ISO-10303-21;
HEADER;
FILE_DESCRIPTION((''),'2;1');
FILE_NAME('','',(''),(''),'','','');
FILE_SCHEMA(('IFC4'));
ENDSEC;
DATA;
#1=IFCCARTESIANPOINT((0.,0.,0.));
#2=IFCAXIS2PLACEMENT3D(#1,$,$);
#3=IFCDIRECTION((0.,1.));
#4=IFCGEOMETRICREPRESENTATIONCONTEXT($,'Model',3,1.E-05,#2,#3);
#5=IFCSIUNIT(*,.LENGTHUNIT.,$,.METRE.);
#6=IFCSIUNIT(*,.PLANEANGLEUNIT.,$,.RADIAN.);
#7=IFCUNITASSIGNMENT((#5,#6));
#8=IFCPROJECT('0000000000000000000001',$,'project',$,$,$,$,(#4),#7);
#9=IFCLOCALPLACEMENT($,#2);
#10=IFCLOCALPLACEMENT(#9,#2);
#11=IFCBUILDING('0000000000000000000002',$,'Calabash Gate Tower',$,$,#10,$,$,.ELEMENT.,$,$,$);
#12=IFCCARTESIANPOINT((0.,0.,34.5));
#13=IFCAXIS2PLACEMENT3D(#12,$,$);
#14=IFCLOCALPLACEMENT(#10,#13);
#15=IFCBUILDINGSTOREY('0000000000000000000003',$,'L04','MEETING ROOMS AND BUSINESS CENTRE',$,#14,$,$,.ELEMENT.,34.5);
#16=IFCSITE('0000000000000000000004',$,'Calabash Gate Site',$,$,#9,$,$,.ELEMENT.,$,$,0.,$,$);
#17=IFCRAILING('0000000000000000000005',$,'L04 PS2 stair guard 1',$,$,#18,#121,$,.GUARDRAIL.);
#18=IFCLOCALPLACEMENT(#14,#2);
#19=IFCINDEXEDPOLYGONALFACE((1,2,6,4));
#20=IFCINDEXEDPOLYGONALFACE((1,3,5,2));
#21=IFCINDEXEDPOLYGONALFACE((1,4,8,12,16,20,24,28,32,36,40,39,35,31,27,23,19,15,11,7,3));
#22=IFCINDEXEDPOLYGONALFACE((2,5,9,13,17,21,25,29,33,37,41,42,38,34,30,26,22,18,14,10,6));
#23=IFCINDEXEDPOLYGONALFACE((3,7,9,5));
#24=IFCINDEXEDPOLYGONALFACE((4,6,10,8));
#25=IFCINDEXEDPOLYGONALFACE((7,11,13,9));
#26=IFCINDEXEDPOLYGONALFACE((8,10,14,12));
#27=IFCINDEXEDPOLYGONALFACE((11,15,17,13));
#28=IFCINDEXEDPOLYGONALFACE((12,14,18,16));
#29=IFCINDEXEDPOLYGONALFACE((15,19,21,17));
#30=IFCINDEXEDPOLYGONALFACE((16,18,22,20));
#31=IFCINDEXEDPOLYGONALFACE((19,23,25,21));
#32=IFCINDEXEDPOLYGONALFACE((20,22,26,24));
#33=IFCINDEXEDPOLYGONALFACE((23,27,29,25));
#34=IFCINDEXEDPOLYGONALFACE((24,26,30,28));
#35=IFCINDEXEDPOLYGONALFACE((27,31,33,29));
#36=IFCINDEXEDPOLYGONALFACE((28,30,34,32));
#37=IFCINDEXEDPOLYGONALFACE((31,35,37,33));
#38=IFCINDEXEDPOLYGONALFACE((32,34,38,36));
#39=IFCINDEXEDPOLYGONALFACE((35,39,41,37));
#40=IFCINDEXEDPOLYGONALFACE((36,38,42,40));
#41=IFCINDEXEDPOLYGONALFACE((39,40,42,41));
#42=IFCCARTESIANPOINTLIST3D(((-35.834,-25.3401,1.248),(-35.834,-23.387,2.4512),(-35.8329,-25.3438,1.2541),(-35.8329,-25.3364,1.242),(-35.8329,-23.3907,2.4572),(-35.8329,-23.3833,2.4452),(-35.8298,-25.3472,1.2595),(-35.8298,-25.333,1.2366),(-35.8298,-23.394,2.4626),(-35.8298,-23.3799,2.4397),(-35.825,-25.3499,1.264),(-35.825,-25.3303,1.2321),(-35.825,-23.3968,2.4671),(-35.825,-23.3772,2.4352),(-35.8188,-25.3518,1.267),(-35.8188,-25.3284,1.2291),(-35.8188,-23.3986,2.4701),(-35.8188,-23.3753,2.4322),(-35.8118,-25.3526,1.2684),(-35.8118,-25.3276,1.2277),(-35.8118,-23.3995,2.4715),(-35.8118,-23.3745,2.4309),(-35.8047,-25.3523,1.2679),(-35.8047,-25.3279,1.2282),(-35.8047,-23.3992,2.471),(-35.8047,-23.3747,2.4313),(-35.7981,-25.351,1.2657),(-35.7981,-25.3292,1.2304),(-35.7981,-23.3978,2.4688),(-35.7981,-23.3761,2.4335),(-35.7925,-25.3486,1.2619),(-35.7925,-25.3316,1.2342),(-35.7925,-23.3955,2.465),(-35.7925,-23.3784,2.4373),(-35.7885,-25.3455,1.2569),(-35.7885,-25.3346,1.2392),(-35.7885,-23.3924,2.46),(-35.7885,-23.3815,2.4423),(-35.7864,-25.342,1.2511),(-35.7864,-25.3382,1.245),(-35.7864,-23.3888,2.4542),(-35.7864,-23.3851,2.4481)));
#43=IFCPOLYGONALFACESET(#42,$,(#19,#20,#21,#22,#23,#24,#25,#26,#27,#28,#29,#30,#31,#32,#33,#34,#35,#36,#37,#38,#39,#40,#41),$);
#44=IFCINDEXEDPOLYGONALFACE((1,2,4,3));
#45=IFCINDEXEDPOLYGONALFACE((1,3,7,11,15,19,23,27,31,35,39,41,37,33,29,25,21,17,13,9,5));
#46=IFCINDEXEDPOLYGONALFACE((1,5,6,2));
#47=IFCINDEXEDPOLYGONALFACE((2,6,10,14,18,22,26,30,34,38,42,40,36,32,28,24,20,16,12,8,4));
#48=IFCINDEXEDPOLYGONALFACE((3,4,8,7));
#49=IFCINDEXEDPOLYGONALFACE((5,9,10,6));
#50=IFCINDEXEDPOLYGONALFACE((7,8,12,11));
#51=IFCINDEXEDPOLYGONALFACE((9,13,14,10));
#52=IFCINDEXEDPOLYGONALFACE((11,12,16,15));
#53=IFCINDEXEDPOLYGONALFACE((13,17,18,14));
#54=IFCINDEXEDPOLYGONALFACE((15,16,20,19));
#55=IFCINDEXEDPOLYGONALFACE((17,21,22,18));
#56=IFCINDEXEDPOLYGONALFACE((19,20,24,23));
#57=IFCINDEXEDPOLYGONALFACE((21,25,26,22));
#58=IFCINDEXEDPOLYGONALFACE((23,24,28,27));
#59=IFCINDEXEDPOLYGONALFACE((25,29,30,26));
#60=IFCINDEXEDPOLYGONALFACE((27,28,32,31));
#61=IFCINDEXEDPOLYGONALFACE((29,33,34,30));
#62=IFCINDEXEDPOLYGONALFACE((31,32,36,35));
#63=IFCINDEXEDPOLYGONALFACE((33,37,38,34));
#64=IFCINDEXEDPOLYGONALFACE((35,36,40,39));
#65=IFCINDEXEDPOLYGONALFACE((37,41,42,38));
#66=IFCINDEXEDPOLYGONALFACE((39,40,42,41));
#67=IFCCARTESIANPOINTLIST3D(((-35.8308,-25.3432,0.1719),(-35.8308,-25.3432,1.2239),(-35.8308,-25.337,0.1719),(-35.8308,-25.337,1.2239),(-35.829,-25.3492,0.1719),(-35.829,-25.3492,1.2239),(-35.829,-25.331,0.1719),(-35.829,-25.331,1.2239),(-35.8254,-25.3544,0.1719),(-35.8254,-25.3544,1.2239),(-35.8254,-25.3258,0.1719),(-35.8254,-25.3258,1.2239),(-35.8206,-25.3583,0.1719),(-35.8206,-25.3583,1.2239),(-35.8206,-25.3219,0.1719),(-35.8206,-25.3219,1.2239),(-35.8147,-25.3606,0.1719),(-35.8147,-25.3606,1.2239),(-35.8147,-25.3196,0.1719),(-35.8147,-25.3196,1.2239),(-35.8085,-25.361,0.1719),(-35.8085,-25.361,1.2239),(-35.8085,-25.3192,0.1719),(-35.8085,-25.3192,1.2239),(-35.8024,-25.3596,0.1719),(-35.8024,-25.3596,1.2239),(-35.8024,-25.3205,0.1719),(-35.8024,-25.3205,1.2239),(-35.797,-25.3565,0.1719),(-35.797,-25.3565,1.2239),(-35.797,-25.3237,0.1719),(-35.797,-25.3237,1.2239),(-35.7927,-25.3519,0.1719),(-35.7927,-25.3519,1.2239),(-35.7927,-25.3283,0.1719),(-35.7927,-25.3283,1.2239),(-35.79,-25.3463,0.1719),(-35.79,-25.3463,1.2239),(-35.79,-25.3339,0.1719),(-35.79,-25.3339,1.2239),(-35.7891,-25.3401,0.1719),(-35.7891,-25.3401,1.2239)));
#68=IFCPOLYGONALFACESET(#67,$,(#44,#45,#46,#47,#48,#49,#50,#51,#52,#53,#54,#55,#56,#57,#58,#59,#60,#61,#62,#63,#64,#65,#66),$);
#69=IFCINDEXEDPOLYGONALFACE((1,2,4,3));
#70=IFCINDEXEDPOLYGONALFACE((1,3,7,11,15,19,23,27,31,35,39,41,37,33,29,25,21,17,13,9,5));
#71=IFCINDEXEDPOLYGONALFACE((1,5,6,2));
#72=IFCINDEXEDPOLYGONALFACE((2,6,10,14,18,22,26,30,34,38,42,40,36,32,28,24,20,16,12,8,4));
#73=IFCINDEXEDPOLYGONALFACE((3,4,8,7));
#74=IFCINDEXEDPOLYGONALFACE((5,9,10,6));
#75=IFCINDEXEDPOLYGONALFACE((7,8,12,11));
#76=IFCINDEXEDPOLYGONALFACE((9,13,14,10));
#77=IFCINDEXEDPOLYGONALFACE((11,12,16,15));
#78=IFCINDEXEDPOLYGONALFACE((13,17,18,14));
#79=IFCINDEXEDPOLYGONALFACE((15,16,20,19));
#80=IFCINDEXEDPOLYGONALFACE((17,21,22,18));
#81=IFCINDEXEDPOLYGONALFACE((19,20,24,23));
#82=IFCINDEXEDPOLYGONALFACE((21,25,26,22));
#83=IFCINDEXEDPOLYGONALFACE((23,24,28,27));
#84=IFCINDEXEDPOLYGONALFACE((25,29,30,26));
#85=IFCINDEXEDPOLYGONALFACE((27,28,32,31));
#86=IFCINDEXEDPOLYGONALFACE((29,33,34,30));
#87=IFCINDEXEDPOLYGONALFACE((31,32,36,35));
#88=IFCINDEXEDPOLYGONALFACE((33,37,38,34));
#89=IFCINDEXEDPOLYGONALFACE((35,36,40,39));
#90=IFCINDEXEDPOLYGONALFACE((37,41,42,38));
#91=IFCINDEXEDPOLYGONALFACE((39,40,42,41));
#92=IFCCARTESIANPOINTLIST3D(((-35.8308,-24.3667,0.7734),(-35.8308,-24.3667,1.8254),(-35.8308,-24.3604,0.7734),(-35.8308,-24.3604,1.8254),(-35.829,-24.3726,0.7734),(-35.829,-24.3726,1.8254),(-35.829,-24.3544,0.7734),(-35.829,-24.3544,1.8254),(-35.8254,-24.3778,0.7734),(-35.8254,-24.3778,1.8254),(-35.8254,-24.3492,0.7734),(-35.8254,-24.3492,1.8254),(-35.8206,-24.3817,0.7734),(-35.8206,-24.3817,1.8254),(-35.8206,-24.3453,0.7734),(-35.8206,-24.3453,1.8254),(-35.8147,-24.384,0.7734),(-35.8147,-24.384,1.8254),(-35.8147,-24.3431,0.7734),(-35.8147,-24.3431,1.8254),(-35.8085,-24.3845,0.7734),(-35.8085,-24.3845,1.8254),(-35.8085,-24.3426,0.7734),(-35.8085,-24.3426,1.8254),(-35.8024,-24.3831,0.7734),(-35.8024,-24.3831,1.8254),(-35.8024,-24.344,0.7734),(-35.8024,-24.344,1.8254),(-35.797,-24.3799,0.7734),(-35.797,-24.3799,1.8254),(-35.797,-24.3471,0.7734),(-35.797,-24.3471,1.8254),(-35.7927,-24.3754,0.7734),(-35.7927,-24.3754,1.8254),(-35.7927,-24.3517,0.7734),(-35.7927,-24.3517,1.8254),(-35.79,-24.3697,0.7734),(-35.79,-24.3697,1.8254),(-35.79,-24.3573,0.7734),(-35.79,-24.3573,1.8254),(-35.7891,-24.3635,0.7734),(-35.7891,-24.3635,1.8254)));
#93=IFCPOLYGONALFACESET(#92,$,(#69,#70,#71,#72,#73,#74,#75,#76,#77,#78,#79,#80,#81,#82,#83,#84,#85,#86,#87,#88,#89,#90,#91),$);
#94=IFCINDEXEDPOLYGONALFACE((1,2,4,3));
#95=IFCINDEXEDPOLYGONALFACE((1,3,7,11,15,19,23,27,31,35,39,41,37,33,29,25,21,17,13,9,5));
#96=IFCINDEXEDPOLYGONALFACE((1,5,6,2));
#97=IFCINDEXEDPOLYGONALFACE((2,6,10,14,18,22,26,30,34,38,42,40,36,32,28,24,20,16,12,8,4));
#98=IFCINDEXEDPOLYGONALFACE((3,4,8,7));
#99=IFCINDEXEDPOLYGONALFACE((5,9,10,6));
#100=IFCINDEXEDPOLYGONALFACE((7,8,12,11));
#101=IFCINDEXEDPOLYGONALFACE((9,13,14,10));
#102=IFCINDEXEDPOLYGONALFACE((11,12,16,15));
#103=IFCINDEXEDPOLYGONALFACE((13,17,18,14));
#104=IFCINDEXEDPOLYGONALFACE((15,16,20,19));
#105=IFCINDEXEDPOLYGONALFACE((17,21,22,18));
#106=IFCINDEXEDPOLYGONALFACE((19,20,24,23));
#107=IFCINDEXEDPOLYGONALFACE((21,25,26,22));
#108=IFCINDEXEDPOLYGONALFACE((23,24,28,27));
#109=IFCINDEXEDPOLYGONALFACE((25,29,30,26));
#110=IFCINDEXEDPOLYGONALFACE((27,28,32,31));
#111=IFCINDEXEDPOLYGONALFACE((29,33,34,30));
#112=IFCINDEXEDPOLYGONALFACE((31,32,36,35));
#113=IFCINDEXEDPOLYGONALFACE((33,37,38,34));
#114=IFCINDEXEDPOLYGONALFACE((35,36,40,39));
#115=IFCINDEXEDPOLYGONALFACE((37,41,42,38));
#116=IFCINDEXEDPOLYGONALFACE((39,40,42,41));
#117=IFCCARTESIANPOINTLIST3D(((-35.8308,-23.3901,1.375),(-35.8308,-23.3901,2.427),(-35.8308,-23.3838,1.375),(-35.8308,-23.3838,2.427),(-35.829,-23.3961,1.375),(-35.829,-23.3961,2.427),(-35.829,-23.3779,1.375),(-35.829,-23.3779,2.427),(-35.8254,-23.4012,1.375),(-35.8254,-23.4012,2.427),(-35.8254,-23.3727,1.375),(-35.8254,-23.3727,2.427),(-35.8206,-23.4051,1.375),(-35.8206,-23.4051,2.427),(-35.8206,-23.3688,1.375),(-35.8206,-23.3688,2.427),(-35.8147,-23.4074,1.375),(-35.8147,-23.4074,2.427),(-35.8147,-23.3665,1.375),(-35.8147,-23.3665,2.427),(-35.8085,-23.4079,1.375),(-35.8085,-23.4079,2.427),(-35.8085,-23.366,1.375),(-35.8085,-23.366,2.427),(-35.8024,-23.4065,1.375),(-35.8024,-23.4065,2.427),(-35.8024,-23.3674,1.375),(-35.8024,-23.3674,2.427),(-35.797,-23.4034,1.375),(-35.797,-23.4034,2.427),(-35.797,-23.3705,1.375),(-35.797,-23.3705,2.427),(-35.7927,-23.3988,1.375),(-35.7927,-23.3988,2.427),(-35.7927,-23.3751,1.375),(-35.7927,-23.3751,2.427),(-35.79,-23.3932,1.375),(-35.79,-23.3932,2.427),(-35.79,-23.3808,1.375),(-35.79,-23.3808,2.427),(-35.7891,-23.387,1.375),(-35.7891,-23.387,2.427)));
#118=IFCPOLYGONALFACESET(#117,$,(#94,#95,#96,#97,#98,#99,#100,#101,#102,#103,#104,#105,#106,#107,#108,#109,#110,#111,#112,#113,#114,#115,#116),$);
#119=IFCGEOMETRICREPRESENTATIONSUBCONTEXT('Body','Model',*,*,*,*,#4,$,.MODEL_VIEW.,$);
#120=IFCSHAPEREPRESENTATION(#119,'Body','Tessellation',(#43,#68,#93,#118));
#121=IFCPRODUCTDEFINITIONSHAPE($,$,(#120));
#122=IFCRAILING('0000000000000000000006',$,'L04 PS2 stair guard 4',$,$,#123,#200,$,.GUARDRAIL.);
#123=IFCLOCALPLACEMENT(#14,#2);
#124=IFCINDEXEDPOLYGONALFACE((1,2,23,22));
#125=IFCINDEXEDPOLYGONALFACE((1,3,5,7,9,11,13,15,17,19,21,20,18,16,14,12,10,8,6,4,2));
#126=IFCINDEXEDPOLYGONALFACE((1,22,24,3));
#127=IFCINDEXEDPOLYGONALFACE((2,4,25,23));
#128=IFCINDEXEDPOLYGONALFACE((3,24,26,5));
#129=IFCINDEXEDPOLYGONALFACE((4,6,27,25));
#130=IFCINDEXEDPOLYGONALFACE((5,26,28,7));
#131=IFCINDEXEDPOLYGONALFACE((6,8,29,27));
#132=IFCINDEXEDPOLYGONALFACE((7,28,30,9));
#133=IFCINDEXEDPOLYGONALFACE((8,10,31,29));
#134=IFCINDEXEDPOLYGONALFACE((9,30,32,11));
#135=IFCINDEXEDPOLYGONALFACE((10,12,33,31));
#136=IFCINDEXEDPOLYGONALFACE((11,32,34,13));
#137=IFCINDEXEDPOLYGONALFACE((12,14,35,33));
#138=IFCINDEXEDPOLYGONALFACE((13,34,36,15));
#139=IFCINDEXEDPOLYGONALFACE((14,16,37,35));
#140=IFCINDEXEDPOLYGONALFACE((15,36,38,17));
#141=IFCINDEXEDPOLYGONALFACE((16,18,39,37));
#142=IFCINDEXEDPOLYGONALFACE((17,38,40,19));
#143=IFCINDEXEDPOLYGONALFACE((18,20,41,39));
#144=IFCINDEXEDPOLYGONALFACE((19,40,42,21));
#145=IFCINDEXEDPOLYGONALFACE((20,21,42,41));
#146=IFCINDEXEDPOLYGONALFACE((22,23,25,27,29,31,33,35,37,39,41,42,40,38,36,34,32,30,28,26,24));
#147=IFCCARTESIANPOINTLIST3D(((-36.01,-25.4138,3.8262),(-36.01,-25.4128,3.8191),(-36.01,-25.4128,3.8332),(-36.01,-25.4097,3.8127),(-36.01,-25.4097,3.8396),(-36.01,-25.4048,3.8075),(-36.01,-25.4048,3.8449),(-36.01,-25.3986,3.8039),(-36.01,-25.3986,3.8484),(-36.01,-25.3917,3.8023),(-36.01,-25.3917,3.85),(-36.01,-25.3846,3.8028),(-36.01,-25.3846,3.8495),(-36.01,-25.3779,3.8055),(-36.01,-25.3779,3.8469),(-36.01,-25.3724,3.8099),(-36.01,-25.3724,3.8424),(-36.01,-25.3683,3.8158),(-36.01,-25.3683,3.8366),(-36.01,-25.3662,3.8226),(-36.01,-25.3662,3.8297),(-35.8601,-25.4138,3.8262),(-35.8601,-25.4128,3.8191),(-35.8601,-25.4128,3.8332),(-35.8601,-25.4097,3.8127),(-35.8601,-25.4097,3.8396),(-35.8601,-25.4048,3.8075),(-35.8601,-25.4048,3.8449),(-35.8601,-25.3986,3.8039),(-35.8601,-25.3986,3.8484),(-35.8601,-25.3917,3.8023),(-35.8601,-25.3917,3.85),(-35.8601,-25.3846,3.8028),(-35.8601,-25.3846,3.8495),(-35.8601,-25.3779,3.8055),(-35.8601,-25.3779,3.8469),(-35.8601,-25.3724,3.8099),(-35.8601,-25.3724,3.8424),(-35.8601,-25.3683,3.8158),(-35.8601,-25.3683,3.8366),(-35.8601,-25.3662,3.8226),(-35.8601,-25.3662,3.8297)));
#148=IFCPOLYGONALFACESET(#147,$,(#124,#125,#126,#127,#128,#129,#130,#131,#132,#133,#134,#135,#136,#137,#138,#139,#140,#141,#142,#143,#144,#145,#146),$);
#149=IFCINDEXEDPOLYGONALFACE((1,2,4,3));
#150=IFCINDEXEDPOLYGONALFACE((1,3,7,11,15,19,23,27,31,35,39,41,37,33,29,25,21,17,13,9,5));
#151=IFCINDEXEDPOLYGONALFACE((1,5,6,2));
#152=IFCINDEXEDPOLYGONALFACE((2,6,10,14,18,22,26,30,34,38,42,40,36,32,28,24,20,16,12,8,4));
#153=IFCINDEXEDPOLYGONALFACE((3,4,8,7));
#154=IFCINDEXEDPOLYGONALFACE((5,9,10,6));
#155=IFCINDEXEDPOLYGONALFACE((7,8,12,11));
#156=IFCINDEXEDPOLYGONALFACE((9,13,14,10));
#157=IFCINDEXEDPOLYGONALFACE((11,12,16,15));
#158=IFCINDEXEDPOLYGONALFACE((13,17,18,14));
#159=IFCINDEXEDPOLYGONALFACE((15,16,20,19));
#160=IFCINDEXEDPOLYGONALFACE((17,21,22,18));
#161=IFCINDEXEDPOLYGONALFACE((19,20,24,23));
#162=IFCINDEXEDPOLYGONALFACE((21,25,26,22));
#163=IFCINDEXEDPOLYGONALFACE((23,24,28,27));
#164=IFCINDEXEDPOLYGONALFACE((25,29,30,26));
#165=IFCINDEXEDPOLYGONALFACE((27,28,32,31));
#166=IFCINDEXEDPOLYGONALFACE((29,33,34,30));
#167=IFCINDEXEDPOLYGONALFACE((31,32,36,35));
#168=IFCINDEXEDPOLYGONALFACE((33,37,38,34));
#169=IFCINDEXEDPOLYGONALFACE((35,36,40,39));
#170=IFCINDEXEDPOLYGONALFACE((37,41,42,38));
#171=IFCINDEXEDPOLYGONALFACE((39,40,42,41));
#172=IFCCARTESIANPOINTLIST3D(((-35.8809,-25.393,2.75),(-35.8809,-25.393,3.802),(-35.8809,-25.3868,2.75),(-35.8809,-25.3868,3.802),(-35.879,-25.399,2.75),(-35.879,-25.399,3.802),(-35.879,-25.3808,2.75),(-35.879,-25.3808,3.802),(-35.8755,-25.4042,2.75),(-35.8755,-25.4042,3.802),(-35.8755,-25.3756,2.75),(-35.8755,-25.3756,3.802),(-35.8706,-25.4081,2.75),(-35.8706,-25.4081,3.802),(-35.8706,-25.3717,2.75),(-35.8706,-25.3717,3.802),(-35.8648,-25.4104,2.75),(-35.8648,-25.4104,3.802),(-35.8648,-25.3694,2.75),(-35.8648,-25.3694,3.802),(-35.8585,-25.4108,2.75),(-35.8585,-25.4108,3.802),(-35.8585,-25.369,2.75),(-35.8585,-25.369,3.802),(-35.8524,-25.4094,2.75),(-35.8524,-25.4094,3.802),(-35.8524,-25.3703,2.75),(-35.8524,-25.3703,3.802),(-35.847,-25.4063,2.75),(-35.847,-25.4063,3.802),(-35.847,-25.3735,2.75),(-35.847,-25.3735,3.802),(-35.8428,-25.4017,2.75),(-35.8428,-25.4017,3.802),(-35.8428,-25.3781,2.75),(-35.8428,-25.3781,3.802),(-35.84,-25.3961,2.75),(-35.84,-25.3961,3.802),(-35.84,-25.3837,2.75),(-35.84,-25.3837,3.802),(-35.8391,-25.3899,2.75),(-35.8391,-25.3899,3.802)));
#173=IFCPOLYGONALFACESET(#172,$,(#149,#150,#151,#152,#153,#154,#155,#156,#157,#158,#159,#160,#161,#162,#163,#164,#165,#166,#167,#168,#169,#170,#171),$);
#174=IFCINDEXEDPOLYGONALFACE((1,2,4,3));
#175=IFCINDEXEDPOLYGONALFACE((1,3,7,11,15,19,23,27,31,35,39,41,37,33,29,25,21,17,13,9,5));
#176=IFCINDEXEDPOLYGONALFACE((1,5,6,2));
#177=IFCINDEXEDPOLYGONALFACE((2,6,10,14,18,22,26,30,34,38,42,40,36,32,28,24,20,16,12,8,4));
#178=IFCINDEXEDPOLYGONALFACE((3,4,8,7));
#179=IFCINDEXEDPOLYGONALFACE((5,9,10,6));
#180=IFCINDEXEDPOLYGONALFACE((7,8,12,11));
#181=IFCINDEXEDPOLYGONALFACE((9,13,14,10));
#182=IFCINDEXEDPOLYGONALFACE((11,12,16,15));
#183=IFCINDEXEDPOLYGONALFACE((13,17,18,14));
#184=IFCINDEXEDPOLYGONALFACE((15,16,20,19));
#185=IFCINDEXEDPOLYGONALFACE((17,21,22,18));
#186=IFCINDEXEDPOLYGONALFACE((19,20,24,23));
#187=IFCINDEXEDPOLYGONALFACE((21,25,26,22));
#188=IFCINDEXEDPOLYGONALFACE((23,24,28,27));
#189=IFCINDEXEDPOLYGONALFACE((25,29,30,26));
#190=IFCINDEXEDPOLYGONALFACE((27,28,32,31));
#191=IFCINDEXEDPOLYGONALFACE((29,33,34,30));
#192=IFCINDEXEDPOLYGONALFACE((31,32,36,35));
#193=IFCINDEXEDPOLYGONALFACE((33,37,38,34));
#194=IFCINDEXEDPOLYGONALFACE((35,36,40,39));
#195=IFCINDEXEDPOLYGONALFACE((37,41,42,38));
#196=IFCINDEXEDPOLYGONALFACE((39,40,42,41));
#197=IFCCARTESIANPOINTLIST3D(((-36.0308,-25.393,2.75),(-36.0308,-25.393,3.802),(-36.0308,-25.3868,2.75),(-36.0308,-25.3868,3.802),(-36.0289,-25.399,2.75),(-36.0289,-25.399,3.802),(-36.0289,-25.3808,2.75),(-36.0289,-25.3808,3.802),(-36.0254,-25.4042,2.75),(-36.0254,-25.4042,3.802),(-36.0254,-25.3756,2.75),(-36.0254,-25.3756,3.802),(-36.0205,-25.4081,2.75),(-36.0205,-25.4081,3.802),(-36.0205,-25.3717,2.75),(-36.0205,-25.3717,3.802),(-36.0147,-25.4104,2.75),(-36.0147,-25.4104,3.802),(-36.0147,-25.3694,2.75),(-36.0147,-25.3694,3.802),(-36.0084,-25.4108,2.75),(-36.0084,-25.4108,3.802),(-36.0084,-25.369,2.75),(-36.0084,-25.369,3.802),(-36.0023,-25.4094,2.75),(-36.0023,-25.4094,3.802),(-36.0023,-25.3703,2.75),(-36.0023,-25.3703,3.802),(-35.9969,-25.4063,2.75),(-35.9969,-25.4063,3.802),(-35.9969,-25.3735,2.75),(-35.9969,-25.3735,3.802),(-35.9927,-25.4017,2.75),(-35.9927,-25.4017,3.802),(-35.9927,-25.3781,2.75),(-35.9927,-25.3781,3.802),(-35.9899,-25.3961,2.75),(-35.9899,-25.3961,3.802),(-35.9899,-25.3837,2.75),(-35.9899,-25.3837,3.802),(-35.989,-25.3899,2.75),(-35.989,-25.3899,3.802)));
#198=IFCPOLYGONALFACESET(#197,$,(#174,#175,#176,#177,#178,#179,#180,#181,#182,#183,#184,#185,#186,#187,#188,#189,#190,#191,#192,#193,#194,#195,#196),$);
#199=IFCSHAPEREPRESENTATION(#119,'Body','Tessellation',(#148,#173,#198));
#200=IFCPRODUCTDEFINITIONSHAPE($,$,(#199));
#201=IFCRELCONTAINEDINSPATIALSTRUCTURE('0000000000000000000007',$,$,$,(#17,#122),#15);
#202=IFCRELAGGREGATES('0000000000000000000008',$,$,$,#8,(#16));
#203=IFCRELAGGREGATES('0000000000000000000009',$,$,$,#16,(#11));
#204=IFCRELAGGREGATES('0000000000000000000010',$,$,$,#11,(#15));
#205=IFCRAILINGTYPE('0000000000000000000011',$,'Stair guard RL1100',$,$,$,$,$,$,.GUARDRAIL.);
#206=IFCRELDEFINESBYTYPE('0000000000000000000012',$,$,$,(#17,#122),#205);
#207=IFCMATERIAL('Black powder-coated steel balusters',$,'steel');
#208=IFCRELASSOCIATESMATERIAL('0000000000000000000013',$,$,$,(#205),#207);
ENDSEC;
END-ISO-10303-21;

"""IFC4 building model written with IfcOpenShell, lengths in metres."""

from ifc_helpers import new_model, si_unit, direction, frame, origin, origin_2d, place, context, subcontext, project, spatial, circle, extrude, material, type_object, element, save


model = new_model("IFC4")

# Units and contexts
model_context = context("Model", 3, precision=1e-05, world=origin(), true_north=direction((0.0, 1.0)))
body_context = subcontext(model_context, "Body", "Model", "MODEL_VIEW")
ifc_project = project(units=[si_unit("LENGTHUNIT", "METRE"), si_unit("PLANEANGLEUNIT", "RADIAN")], contexts=[model_context])

# Site, building, storey
site_placement = place(None, origin())
site = spatial("IfcSite", under=ifc_project, at=site_placement, Name="Calabash Gate Site", CompositionType="ELEMENT", RefElevation=0.0)
building_placement = place(site_placement, origin())
building = spatial("IfcBuilding", under=site, at=building_placement, Name="Calabash Gate Tower", CompositionType="ELEMENT")
storey_placement = place(building_placement, frame((0.0, 0.0, 34.5)))
storey = spatial("IfcBuildingStorey", under=building, at=storey_placement, Name="L04", Description="MEETING ROOMS AND BUSINESS CENTRE", CompositionType="ELEMENT", Elevation=34.5)

# Railings
ifc_material_1 = material(Name="Black powder-coated steel balusters", Category="steel")
railing_type_1 = type_object("IfcRailingType", Name="Stair guard RL1100", PredefinedType="GUARDRAIL", material=ifc_material_1)
railing_1_placement = place(storey_placement, frame((-35.8101, -25.3401, 0.1719)))
element("IfcRailing", 1, at=railing_1_placement, inside=storey, type_object=railing_type_1, Name="L04 PS2 stair guard 1", PredefinedType="GUARDRAIL", context=body_context, shape_type="SweptSolid", body=[
    extrude(circle(Radius=0.0239, at=origin_2d()), frame((0.0, 0.0, 1.0762), z_axis=(0.0, 0.851424, 0.524477), x_axis=(-1.0, 0.0, 0.0)), (0.0, 0.0, 1.0), 2.2939),
    extrude(circle(Radius=0.021, at=origin_2d()), origin(), (0.0, 0.0, 1.0), 1.052),
    extrude(circle(Radius=0.021, at=origin_2d()), frame((0.0, 0.9766, 0.6016)), (0.0, 0.0, 1.0), 1.052),
    extrude(circle(Radius=0.021, at=origin_2d()), frame((0.0, 1.9531, 1.2031)), (0.0, 0.0, 1.0), 1.052),
])
railing_2_placement = place(storey_placement, frame((-35.8601, -25.3899, 2.75)))
element("IfcRailing", 2, at=railing_2_placement, inside=storey, type_object=railing_type_1, Name="L04 PS2 stair guard 4", PredefinedType="GUARDRAIL", context=body_context, shape_type="SweptSolid", body=[
    extrude(circle(Radius=0.0239, at=origin_2d()), frame((0.0, 0.0, 1.0762), z_axis=(-1.0, 0.0, 0.0), x_axis=(0.0, -1.0, 0.0)), (0.0, 0.0, 1.0), 0.1499),
    extrude(circle(Radius=0.021, at=origin_2d()), origin(), (0.0, 0.0, 1.0), 1.052),
    extrude(circle(Radius=0.021, at=origin_2d()), frame((-0.1499, 0.0, 0.0)), (0.0, 0.0, 1.0), 1.052),
])

save(model, "model.ifc")
